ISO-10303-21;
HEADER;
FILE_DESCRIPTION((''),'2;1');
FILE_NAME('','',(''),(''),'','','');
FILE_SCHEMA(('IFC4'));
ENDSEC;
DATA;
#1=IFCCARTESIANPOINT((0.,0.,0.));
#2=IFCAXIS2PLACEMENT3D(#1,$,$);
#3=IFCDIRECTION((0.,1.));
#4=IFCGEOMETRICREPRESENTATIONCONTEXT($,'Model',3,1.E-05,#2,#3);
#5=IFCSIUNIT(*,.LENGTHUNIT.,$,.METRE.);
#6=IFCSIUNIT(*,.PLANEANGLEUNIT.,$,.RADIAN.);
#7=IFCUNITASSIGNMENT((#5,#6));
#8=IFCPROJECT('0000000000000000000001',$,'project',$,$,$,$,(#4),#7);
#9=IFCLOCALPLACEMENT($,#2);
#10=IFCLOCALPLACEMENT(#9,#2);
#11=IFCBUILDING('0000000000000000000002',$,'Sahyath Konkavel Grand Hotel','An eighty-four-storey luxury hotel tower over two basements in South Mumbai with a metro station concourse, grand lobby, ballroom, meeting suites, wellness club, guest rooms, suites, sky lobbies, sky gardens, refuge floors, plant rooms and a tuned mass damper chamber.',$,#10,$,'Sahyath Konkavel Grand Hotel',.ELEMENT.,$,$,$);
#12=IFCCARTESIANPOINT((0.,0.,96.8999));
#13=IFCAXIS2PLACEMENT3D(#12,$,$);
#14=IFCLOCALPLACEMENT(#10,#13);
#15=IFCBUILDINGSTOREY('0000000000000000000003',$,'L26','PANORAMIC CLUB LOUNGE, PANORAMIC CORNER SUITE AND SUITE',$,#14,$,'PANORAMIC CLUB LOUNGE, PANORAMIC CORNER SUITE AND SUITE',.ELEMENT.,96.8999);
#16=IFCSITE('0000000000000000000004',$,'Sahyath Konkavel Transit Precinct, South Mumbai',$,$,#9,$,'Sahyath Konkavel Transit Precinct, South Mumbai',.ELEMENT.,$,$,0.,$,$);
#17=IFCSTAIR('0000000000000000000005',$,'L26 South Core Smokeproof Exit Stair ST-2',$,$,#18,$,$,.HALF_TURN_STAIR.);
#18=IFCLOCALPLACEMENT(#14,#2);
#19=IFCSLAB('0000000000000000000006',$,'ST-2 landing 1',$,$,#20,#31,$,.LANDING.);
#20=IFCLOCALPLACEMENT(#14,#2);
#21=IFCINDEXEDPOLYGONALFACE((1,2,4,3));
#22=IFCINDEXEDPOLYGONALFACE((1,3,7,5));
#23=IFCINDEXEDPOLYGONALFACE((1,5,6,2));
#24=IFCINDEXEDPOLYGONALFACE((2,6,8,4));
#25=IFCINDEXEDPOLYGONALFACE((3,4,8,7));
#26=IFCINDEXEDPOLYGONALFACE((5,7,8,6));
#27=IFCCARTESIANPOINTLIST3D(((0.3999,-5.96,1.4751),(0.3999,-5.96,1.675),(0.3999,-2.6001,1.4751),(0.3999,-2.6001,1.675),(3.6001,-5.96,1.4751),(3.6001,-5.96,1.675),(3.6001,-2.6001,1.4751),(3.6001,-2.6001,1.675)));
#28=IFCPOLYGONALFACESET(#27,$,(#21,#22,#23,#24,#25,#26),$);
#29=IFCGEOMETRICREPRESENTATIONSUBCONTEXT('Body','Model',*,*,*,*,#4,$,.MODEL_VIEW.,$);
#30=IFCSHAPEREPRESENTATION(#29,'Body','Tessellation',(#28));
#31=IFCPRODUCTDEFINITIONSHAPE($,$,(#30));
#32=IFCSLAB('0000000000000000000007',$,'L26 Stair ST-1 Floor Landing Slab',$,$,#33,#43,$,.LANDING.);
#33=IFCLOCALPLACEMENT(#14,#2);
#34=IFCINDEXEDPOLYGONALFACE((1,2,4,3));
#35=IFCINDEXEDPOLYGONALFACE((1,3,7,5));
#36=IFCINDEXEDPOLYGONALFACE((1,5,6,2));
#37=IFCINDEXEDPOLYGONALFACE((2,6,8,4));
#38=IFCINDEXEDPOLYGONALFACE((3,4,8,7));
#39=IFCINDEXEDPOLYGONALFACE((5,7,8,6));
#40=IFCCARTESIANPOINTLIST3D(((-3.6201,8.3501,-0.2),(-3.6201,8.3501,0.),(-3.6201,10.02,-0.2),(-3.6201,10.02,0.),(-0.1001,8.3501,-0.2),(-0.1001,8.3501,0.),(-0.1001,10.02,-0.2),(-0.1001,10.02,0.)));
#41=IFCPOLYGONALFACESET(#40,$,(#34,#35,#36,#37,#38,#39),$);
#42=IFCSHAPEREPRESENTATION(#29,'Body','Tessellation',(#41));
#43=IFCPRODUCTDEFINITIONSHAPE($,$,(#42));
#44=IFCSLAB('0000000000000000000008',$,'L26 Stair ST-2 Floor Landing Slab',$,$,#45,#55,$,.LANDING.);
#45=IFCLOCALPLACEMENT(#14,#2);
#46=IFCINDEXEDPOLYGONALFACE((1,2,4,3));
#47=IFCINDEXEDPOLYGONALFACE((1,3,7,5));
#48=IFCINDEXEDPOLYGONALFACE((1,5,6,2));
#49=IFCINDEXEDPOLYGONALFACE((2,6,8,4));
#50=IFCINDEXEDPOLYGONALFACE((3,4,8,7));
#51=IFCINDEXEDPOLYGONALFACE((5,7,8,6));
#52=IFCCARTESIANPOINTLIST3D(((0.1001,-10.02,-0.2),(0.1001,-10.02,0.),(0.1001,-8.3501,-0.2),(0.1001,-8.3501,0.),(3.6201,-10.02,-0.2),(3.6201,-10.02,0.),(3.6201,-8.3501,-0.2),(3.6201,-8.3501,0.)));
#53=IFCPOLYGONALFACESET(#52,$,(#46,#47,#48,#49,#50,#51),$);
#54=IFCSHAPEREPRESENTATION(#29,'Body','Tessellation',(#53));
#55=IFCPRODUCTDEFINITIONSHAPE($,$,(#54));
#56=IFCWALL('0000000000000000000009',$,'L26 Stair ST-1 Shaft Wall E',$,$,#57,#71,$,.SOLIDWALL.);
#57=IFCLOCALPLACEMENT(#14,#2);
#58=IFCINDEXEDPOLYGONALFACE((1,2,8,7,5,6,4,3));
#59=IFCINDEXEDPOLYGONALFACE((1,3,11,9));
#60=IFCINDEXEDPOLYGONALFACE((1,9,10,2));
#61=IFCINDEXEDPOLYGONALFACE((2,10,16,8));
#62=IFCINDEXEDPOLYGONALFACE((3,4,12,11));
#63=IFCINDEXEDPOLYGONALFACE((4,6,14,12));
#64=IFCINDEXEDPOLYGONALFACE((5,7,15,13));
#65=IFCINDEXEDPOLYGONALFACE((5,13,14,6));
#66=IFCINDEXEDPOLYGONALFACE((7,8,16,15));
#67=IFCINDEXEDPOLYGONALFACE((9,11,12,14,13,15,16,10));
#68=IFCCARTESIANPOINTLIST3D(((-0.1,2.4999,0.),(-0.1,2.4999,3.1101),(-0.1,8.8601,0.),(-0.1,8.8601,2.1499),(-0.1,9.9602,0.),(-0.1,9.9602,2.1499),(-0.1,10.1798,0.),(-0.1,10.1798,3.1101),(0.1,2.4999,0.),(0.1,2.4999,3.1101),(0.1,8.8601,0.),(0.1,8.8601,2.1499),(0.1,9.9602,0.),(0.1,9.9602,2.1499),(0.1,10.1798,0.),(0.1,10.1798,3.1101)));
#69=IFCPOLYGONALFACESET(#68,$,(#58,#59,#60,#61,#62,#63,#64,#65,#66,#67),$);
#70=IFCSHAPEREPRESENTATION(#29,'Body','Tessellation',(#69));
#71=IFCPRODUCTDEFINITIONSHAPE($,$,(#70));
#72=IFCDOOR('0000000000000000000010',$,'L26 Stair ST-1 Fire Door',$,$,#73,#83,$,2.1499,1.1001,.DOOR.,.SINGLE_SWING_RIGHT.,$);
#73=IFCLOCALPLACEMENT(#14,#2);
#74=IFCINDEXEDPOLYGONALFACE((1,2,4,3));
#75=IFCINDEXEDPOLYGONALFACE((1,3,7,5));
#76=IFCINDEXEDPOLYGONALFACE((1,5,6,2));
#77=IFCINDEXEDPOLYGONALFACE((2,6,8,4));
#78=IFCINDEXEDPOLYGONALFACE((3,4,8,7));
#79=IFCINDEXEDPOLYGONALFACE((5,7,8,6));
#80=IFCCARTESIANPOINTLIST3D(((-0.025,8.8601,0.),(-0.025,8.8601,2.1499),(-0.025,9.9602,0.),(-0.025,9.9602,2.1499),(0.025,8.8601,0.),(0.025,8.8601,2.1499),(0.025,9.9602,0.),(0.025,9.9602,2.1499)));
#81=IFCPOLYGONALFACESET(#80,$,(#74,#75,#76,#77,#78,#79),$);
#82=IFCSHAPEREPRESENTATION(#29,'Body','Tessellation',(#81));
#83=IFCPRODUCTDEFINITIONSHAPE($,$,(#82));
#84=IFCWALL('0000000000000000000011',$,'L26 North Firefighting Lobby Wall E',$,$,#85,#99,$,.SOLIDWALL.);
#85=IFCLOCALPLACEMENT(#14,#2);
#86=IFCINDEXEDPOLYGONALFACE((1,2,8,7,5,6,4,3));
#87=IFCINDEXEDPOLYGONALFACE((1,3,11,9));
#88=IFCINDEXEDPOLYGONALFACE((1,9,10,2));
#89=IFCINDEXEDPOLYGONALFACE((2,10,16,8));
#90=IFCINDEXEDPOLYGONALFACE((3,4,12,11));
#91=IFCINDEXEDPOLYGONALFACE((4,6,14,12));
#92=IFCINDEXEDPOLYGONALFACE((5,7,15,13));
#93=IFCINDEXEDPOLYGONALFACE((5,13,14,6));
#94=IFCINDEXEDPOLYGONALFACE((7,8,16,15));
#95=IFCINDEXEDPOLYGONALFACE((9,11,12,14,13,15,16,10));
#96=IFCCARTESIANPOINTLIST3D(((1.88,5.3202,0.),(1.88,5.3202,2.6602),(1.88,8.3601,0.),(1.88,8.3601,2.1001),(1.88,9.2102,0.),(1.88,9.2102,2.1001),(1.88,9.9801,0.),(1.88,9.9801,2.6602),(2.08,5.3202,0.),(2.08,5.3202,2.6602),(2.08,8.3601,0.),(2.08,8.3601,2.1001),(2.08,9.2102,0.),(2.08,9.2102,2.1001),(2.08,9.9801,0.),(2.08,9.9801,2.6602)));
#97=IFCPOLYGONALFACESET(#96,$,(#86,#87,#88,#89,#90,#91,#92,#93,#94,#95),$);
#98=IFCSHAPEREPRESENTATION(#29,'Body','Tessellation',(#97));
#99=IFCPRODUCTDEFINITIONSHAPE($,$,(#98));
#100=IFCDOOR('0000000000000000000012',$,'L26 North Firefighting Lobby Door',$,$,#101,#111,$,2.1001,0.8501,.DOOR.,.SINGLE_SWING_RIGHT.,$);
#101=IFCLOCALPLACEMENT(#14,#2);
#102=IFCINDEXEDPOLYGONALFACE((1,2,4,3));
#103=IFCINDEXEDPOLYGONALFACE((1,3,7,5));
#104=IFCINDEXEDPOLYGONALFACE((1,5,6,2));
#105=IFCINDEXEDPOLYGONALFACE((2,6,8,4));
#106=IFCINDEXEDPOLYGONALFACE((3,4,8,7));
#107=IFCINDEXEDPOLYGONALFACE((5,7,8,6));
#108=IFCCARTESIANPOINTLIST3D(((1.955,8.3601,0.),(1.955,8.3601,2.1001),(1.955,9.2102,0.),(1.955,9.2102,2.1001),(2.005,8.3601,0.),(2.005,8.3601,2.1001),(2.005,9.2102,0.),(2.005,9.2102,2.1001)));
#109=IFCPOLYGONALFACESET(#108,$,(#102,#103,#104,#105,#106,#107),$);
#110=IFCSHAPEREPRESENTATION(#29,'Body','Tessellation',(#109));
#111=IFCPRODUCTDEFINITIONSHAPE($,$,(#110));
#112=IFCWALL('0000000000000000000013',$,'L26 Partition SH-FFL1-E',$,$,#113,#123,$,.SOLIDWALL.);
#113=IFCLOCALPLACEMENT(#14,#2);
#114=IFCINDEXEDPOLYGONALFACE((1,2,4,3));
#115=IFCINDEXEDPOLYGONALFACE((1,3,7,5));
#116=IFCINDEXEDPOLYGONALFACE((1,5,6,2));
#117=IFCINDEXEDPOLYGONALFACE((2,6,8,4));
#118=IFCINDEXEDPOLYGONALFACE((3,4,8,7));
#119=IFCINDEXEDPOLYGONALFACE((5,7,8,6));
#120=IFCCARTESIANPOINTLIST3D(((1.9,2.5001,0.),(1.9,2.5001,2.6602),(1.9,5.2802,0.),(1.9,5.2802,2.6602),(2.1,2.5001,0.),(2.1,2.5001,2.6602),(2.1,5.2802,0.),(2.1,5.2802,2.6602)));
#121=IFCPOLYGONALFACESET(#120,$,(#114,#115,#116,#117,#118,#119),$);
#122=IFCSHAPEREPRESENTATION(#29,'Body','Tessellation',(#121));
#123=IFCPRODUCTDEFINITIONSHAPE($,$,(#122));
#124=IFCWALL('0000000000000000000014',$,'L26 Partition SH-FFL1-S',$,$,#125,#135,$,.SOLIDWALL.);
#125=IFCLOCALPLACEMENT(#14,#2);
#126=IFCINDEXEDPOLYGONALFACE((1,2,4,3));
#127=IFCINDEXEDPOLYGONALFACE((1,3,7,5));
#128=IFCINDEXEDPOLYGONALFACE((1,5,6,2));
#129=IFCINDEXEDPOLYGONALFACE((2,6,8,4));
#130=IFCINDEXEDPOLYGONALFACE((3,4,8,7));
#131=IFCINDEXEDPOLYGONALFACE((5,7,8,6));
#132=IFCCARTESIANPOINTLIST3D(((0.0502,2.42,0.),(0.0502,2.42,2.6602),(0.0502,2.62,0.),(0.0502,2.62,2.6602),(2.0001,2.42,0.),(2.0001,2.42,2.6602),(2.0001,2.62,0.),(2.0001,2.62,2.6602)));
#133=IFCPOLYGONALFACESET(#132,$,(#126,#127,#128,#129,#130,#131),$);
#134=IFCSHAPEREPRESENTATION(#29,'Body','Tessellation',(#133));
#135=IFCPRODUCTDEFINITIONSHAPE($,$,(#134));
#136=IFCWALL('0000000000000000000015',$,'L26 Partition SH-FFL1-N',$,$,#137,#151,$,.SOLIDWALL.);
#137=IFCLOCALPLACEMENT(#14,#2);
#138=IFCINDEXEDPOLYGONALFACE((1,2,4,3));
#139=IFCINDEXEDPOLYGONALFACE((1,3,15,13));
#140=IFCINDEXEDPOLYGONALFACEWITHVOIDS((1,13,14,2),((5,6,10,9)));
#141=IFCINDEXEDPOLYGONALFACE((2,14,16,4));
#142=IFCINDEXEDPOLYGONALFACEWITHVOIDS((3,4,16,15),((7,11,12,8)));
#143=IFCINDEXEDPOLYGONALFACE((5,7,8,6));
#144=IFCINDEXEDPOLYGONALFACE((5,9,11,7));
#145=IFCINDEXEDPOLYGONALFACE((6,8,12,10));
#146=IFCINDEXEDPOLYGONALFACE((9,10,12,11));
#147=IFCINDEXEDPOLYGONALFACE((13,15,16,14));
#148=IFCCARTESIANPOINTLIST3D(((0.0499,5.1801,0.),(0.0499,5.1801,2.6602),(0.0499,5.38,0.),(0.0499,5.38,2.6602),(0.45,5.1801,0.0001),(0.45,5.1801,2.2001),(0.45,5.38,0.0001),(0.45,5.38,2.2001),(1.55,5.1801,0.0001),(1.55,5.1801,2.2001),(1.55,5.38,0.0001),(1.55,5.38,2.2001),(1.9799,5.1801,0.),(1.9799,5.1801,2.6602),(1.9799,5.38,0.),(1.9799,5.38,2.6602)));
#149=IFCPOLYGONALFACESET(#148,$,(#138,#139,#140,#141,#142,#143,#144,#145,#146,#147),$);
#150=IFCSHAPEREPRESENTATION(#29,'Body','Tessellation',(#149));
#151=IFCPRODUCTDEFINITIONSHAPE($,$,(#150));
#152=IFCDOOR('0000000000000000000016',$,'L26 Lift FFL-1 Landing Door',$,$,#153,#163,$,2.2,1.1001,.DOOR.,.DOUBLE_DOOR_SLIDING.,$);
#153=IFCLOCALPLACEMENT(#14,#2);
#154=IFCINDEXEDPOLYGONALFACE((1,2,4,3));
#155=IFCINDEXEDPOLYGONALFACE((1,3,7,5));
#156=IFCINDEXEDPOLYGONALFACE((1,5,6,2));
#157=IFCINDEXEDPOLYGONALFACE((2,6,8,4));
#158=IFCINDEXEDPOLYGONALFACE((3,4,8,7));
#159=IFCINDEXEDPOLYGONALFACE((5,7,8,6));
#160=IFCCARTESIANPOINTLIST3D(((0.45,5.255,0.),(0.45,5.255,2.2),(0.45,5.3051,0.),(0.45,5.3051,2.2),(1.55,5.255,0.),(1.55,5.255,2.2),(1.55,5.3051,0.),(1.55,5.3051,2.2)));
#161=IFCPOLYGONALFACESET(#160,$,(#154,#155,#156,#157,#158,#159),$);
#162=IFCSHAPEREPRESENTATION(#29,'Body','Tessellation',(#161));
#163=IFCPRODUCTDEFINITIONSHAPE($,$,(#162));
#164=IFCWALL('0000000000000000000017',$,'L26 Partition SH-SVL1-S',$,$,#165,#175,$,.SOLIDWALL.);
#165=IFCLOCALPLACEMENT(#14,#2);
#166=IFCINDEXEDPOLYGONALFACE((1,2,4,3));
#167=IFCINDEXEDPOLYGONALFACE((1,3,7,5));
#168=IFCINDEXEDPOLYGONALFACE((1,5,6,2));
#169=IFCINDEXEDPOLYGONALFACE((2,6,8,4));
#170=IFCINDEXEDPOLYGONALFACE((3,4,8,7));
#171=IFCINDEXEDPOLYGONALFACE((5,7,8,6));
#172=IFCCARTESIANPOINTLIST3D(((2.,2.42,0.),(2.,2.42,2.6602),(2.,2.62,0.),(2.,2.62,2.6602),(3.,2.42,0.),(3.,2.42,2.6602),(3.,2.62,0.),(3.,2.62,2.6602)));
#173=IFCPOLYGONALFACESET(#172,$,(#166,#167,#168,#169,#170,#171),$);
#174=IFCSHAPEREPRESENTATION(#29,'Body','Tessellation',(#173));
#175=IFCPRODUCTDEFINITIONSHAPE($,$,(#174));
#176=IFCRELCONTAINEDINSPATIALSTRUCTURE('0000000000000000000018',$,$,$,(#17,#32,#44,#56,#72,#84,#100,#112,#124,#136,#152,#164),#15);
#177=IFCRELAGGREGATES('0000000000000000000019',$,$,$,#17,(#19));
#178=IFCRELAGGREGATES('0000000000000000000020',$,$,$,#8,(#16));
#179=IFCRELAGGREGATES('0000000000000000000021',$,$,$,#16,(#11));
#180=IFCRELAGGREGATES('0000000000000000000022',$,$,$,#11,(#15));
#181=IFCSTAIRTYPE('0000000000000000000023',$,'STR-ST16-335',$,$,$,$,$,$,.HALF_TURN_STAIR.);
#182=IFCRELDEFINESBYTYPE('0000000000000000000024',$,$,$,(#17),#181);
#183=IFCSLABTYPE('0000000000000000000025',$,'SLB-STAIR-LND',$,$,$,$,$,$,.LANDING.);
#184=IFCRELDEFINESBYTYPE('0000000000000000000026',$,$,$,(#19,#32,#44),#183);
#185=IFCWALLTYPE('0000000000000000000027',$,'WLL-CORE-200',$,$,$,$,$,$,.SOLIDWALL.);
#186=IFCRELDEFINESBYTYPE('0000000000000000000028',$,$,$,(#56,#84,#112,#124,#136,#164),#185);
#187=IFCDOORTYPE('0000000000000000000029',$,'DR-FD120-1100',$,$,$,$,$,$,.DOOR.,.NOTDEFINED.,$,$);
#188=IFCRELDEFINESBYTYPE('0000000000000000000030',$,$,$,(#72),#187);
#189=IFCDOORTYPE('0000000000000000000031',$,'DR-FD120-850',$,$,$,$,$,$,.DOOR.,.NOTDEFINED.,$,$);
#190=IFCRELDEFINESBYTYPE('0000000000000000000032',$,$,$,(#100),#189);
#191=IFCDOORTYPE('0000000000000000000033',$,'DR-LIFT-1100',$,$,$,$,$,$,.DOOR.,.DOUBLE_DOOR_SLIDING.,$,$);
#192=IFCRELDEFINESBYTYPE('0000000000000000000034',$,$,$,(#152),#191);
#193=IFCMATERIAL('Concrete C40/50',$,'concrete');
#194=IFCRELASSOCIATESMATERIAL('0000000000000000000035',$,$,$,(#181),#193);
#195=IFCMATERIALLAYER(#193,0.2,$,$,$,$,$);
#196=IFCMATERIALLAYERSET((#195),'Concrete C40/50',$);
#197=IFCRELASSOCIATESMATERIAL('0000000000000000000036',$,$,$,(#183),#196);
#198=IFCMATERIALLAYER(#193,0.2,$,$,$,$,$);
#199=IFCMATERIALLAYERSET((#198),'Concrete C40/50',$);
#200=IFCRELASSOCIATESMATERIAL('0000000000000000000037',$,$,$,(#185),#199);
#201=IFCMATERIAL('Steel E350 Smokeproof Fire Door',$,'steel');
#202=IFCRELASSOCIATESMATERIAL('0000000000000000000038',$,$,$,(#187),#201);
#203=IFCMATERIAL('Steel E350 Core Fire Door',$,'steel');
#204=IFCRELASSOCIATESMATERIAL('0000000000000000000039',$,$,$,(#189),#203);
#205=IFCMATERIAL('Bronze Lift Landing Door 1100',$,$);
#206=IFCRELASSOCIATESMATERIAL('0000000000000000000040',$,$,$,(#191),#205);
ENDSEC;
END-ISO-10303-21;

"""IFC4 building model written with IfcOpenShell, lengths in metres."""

from ifc_helpers import new_model, si_unit, direction, frame, frame_2d, origin, origin_2d, place, context, subcontext, project, spatial, polyline, rectangle, outline, extrude, source, transform, mapped, material, layer, layer_set, type_object, element, fill, aggregate, save


model = new_model("IFC4")

# Units and contexts
model_context = context("Model", 3, precision=1e-05, world=origin(), true_north=direction((0.0, 1.0)))
body_context = subcontext(model_context, "Body", "Model", "MODEL_VIEW")
ifc_project = project(units=[si_unit("LENGTHUNIT", "METRE"), si_unit("PLANEANGLEUNIT", "RADIAN")], contexts=[model_context])

# Site, building, storey
site_placement = place(None, origin())
site = spatial("IfcSite", under=ifc_project, at=site_placement, Name="Sahyath Konkavel Transit Precinct, South Mumbai", LongName="Sahyath Konkavel Transit Precinct, South Mumbai", CompositionType="ELEMENT", RefElevation=0.0)
building_placement = place(site_placement, origin())
building = spatial("IfcBuilding", under=site, at=building_placement, Name="Sahyath Konkavel Grand Hotel", Description="An eighty-four-storey luxury hotel tower over two basements in South Mumbai with a metro station concourse, grand lobby, ballroom, meeting suites, wellness club, guest rooms, suites, sky lobbies, sky gardens, refuge floors, plant rooms and a tuned mass damper chamber.", LongName="Sahyath Konkavel Grand Hotel", CompositionType="ELEMENT")
storey_placement = place(building_placement, frame((0.0, 0.0, 96.8999)))
storey = spatial("IfcBuildingStorey", under=building, at=storey_placement, Name="L26", Description="PANORAMIC CLUB LOUNGE, PANORAMIC CORNER SUITE AND SUITE", LongName="PANORAMIC CLUB LOUNGE, PANORAMIC CORNER SUITE AND SUITE", CompositionType="ELEMENT", Elevation=96.8999)

# Shared definitions
ifc_material_1 = material(Name="Concrete C40/50", Category="concrete")

# Stair, slab
stair_type = type_object("IfcStairType", Name="STR-ST16-335", PredefinedType="HALF_TURN_STAIR", material=ifc_material_1)
ifc_layer_1 = layer(ifc_material_1, 0.2)
ifc_layer_set_1 = layer_set([ifc_layer_1], Name="Concrete C40/50")
slab_type_1 = type_object("IfcSlabType", Name="SLB-STAIR-LND", PredefinedType="LANDING", material=ifc_layer_set_1)
stair_1_placement = place(storey_placement, origin())
stair_1 = element("IfcStair", 1, at=stair_1_placement, inside=storey, type_object=stair_type, Name="L26 South Core Smokeproof Exit Stair ST-2", PredefinedType="HALF_TURN_STAIR")
slab_1_placement = place(storey_placement, frame((0.0, 0.0, 1.4751)))
slab_1 = element("IfcSlab", 2, at=slab_1_placement, type_object=slab_type_1, Name="ST-2 landing 1", PredefinedType="LANDING", context=body_context, shape_type="SweptSolid", body=[
    extrude(outline(polyline([(3.6001, -5.96), (3.6001, -2.6001), (0.3999, -2.6001), (0.3999, -5.96), (3.6001, -5.96)])), origin(), (0.0, 0.0, 1.0), 0.2),
])
aggregate(stair_1, [slab_1])

# Slabs
slab_2_placement = place(storey_placement, frame((0.0, 0.0, -0.2)))
element("IfcSlab", 3, at=slab_2_placement, inside=storey, type_object=slab_type_1, Name="L26 Stair ST-1 Floor Landing Slab", PredefinedType="LANDING", context=body_context, shape_type="SweptSolid", body=[
    extrude(outline(polyline([(-3.6201, 8.3501), (-0.1001, 8.3501), (-0.1001, 10.02), (-3.6201, 10.02), (-3.6201, 8.3501)])), origin(), (0.0, 0.0, 1.0), 0.2),
])
slab_3_placement = place(storey_placement, frame((0.0, 0.0, -0.2)))
element("IfcSlab", 4, at=slab_3_placement, inside=storey, type_object=slab_type_1, Name="L26 Stair ST-2 Floor Landing Slab", PredefinedType="LANDING", context=body_context, shape_type="SweptSolid", body=[
    extrude(outline(polyline([(0.1001, -10.02), (3.6201, -10.02), (3.6201, -8.3501), (0.1001, -8.3501), (0.1001, -10.02)])), origin(), (0.0, 0.0, 1.0), 0.2),
])

# Walls, openings, doors
ifc_layer_2 = layer(ifc_material_1, 0.2)
ifc_layer_set_2 = layer_set([ifc_layer_2], Name="Concrete C40/50")
wall_type = type_object("IfcWallType", Name="WLL-CORE-200", PredefinedType="SOLIDWALL", material=ifc_layer_set_2)
wall_1_placement = place(storey_placement, frame((0.0, 2.5, 0.0), z_axis=(0.0, 0.0, 1.0), x_axis=(0.0, 1.0, 0.0)))
wall_1 = element("IfcWall", 5, at=wall_1_placement, inside=storey, type_object=wall_type, Name="L26 Stair ST-1 Shaft Wall E", PredefinedType="SOLIDWALL", context=body_context, shape_type="SweptSolid", body=[
    extrude(rectangle(XDim=7.6799, YDim=0.2, at=frame_2d((3.8398, 0.0))), origin(), (0.0, 0.0, 1.0), 3.1101),
])
opening_1_placement = place(wall_1_placement, frame((6.3601, 0.0, 0.0)))
opening_1 = element("IfcOpeningElement", 6, at=opening_1_placement, cuts=wall_1, PredefinedType="OPENING", context=body_context, shape_type="SweptSolid", body=[
    extrude(rectangle(XDim=1.1001, YDim=2.1499, at=frame_2d((0.55, 1.075))), frame((0.0, 0.1099, 0.0), z_axis=(0.0, -1.0, 0.0), x_axis=(1.0, 0.0, 0.0)), (0.0, 0.0, 1.0), 0.22),
])
ifc_material_2 = material(Name="Steel E350 Smokeproof Fire Door", Category="steel")
door_type_1 = type_object("IfcDoorType", Name="DR-FD120-1100", OperationType="NOTDEFINED", PredefinedType="DOOR", material=ifc_material_2)
shared_shape_1 = source(origin(), body_context, "Body", "SweptSolid", [
    extrude(rectangle(XDim=1.1001, YDim=0.05, at=origin_2d()), origin(), (0.0, 0.0, 1.0), 2.1499),
])
door_1_placement = place(opening_1_placement, frame((0.55, 0.0, 0.0)))
door_1 = element("IfcDoor", 7, at=door_1_placement, inside=storey, type_object=door_type_1, Name="L26 Stair ST-1 Fire Door", OperationType="SINGLE_SWING_RIGHT", OverallHeight=2.1499, OverallWidth=1.1001, PredefinedType="DOOR", context=body_context, shape_type="MappedRepresentation", body=[
    mapped(shared_shape_1, transform((0.0, 0.0, 0.0), scale=1.0)),
])
fill(opening_1, door_1)
wall_2_placement = place(storey_placement, frame((1.98, 5.3201, 0.0), z_axis=(0.0, 0.0, 1.0), x_axis=(0.0, 1.0, 0.0)))
wall_2 = element("IfcWall", 8, at=wall_2_placement, inside=storey, type_object=wall_type, Name="L26 North Firefighting Lobby Wall E", PredefinedType="SOLIDWALL", context=body_context, shape_type="SweptSolid", body=[
    extrude(rectangle(XDim=4.6599, YDim=0.2, at=frame_2d((2.3301, 0.0))), origin(), (0.0, 0.0, 1.0), 2.6602),
])
opening_2_placement = place(wall_2_placement, frame((3.04, 0.0, 0.0)))
opening_2 = element("IfcOpeningElement", 9, at=opening_2_placement, cuts=wall_2, PredefinedType="OPENING", context=body_context, shape_type="SweptSolid", body=[
    extrude(rectangle(XDim=0.8501, YDim=2.1001, at=frame_2d((0.425, 1.05))), frame((0.0, 0.1099, 0.0), z_axis=(0.0, -1.0, 0.0), x_axis=(1.0, 0.0, 0.0)), (0.0, 0.0, 1.0), 0.22),
])
ifc_material_3 = material(Name="Steel E350 Core Fire Door", Category="steel")
door_type_2 = type_object("IfcDoorType", Name="DR-FD120-850", OperationType="NOTDEFINED", PredefinedType="DOOR", material=ifc_material_3)
shared_shape_2 = source(origin(), body_context, "Body", "SweptSolid", [
    extrude(rectangle(XDim=0.8501, YDim=0.05, at=origin_2d()), origin(), (0.0, 0.0, 1.0), 2.1001),
])
door_2_placement = place(opening_2_placement, frame((0.425, 0.0, 0.0)))
door_2 = element("IfcDoor", 10, at=door_2_placement, inside=storey, type_object=door_type_2, Name="L26 North Firefighting Lobby Door", OperationType="SINGLE_SWING_RIGHT", OverallHeight=2.1001, OverallWidth=0.8501, PredefinedType="DOOR", context=body_context, shape_type="MappedRepresentation", body=[
    mapped(shared_shape_2, transform((0.0, 0.0, 0.0), scale=1.0)),
])
fill(opening_2, door_2)

# Walls
wall_3_placement = place(storey_placement, frame((2.0, 2.5, 0.0), z_axis=(0.0, 0.0, 1.0), x_axis=(0.0, 1.0, 0.0)))
element("IfcWall", 11, at=wall_3_placement, inside=storey, type_object=wall_type, Name="L26 Partition SH-FFL1-E", PredefinedType="SOLIDWALL", context=body_context, shape_type="SweptSolid", body=[
    extrude(rectangle(XDim=2.78, YDim=0.2, at=frame_2d((1.3901, 0.0))), origin(), (0.0, 0.0, 1.0), 2.6602),
])
wall_4_placement = place(storey_placement, frame((0.05, 2.52, 0.0), z_axis=(0.0, 0.0, 1.0), x_axis=(1.0, 0.0, 0.0)))
element("IfcWall", 12, at=wall_4_placement, inside=storey, type_object=wall_type, Name="L26 Partition SH-FFL1-S", PredefinedType="SOLIDWALL", context=body_context, shape_type="SweptSolid", body=[
    extrude(rectangle(XDim=1.95, YDim=0.2, at=frame_2d((0.9751, 0.0))), origin(), (0.0, 0.0, 1.0), 2.6602),
])

# Wall, opening, door
wall_5_placement = place(storey_placement, frame((0.05, 5.28, 0.0), z_axis=(0.0, 0.0, 1.0), x_axis=(1.0, 0.0, 0.0)))
wall_5 = element("IfcWall", 13, at=wall_5_placement, inside=storey, type_object=wall_type, Name="L26 Partition SH-FFL1-N", PredefinedType="SOLIDWALL", context=body_context, shape_type="SweptSolid", body=[
    extrude(rectangle(XDim=1.9299, YDim=0.2, at=frame_2d((0.9648, 0.0))), origin(), (0.0, 0.0, 1.0), 2.6602),
])
opening_3_placement = place(wall_5_placement, frame((0.3999, 0.0, 0.0)))
opening_3 = element("IfcOpeningElement", 14, at=opening_3_placement, cuts=wall_5, PredefinedType="OPENING", context=body_context, shape_type="SweptSolid", body=[
    extrude(rectangle(XDim=1.1001, YDim=2.2, at=frame_2d((0.55, 1.1001))), frame((0.0, 0.1099, 0.0), z_axis=(0.0, -1.0, 0.0), x_axis=(1.0, 0.0, 0.0)), (0.0, 0.0, 1.0), 0.22),
])
ifc_material_4 = material(Name="Bronze Lift Landing Door 1100")
door_type_3 = type_object("IfcDoorType", Name="DR-LIFT-1100", OperationType="DOUBLE_DOOR_SLIDING", PredefinedType="DOOR", material=ifc_material_4)
shared_shape_3 = source(origin(), body_context, "Body", "SweptSolid", [
    extrude(rectangle(XDim=1.1001, YDim=0.05, at=origin_2d()), origin(), (0.0, 0.0, 1.0), 2.2),
])
door_3_placement = place(opening_3_placement, frame((0.55, 0.0, 0.0)))
door_3 = element("IfcDoor", 15, at=door_3_placement, inside=storey, type_object=door_type_3, Name="L26 Lift FFL-1 Landing Door", OperationType="DOUBLE_DOOR_SLIDING", OverallHeight=2.2, OverallWidth=1.1001, PredefinedType="DOOR", context=body_context, shape_type="MappedRepresentation", body=[
    mapped(shared_shape_3, transform((0.0, 0.0, 0.0), scale=1.0)),
])
fill(opening_3, door_3)

# Wall
wall_6_placement = place(storey_placement, frame((2.0, 2.52, 0.0), z_axis=(0.0, 0.0, 1.0), x_axis=(1.0, 0.0, 0.0)))
element("IfcWall", 16, at=wall_6_placement, inside=storey, type_object=wall_type, Name="L26 Partition SH-SVL1-S", PredefinedType="SOLIDWALL", context=body_context, shape_type="SweptSolid", body=[
    extrude(rectangle(XDim=1.0, YDim=0.2, at=frame_2d((0.5, 0.0))), origin(), (0.0, 0.0, 1.0), 2.6602),
])

save(model, "model.ifc")
